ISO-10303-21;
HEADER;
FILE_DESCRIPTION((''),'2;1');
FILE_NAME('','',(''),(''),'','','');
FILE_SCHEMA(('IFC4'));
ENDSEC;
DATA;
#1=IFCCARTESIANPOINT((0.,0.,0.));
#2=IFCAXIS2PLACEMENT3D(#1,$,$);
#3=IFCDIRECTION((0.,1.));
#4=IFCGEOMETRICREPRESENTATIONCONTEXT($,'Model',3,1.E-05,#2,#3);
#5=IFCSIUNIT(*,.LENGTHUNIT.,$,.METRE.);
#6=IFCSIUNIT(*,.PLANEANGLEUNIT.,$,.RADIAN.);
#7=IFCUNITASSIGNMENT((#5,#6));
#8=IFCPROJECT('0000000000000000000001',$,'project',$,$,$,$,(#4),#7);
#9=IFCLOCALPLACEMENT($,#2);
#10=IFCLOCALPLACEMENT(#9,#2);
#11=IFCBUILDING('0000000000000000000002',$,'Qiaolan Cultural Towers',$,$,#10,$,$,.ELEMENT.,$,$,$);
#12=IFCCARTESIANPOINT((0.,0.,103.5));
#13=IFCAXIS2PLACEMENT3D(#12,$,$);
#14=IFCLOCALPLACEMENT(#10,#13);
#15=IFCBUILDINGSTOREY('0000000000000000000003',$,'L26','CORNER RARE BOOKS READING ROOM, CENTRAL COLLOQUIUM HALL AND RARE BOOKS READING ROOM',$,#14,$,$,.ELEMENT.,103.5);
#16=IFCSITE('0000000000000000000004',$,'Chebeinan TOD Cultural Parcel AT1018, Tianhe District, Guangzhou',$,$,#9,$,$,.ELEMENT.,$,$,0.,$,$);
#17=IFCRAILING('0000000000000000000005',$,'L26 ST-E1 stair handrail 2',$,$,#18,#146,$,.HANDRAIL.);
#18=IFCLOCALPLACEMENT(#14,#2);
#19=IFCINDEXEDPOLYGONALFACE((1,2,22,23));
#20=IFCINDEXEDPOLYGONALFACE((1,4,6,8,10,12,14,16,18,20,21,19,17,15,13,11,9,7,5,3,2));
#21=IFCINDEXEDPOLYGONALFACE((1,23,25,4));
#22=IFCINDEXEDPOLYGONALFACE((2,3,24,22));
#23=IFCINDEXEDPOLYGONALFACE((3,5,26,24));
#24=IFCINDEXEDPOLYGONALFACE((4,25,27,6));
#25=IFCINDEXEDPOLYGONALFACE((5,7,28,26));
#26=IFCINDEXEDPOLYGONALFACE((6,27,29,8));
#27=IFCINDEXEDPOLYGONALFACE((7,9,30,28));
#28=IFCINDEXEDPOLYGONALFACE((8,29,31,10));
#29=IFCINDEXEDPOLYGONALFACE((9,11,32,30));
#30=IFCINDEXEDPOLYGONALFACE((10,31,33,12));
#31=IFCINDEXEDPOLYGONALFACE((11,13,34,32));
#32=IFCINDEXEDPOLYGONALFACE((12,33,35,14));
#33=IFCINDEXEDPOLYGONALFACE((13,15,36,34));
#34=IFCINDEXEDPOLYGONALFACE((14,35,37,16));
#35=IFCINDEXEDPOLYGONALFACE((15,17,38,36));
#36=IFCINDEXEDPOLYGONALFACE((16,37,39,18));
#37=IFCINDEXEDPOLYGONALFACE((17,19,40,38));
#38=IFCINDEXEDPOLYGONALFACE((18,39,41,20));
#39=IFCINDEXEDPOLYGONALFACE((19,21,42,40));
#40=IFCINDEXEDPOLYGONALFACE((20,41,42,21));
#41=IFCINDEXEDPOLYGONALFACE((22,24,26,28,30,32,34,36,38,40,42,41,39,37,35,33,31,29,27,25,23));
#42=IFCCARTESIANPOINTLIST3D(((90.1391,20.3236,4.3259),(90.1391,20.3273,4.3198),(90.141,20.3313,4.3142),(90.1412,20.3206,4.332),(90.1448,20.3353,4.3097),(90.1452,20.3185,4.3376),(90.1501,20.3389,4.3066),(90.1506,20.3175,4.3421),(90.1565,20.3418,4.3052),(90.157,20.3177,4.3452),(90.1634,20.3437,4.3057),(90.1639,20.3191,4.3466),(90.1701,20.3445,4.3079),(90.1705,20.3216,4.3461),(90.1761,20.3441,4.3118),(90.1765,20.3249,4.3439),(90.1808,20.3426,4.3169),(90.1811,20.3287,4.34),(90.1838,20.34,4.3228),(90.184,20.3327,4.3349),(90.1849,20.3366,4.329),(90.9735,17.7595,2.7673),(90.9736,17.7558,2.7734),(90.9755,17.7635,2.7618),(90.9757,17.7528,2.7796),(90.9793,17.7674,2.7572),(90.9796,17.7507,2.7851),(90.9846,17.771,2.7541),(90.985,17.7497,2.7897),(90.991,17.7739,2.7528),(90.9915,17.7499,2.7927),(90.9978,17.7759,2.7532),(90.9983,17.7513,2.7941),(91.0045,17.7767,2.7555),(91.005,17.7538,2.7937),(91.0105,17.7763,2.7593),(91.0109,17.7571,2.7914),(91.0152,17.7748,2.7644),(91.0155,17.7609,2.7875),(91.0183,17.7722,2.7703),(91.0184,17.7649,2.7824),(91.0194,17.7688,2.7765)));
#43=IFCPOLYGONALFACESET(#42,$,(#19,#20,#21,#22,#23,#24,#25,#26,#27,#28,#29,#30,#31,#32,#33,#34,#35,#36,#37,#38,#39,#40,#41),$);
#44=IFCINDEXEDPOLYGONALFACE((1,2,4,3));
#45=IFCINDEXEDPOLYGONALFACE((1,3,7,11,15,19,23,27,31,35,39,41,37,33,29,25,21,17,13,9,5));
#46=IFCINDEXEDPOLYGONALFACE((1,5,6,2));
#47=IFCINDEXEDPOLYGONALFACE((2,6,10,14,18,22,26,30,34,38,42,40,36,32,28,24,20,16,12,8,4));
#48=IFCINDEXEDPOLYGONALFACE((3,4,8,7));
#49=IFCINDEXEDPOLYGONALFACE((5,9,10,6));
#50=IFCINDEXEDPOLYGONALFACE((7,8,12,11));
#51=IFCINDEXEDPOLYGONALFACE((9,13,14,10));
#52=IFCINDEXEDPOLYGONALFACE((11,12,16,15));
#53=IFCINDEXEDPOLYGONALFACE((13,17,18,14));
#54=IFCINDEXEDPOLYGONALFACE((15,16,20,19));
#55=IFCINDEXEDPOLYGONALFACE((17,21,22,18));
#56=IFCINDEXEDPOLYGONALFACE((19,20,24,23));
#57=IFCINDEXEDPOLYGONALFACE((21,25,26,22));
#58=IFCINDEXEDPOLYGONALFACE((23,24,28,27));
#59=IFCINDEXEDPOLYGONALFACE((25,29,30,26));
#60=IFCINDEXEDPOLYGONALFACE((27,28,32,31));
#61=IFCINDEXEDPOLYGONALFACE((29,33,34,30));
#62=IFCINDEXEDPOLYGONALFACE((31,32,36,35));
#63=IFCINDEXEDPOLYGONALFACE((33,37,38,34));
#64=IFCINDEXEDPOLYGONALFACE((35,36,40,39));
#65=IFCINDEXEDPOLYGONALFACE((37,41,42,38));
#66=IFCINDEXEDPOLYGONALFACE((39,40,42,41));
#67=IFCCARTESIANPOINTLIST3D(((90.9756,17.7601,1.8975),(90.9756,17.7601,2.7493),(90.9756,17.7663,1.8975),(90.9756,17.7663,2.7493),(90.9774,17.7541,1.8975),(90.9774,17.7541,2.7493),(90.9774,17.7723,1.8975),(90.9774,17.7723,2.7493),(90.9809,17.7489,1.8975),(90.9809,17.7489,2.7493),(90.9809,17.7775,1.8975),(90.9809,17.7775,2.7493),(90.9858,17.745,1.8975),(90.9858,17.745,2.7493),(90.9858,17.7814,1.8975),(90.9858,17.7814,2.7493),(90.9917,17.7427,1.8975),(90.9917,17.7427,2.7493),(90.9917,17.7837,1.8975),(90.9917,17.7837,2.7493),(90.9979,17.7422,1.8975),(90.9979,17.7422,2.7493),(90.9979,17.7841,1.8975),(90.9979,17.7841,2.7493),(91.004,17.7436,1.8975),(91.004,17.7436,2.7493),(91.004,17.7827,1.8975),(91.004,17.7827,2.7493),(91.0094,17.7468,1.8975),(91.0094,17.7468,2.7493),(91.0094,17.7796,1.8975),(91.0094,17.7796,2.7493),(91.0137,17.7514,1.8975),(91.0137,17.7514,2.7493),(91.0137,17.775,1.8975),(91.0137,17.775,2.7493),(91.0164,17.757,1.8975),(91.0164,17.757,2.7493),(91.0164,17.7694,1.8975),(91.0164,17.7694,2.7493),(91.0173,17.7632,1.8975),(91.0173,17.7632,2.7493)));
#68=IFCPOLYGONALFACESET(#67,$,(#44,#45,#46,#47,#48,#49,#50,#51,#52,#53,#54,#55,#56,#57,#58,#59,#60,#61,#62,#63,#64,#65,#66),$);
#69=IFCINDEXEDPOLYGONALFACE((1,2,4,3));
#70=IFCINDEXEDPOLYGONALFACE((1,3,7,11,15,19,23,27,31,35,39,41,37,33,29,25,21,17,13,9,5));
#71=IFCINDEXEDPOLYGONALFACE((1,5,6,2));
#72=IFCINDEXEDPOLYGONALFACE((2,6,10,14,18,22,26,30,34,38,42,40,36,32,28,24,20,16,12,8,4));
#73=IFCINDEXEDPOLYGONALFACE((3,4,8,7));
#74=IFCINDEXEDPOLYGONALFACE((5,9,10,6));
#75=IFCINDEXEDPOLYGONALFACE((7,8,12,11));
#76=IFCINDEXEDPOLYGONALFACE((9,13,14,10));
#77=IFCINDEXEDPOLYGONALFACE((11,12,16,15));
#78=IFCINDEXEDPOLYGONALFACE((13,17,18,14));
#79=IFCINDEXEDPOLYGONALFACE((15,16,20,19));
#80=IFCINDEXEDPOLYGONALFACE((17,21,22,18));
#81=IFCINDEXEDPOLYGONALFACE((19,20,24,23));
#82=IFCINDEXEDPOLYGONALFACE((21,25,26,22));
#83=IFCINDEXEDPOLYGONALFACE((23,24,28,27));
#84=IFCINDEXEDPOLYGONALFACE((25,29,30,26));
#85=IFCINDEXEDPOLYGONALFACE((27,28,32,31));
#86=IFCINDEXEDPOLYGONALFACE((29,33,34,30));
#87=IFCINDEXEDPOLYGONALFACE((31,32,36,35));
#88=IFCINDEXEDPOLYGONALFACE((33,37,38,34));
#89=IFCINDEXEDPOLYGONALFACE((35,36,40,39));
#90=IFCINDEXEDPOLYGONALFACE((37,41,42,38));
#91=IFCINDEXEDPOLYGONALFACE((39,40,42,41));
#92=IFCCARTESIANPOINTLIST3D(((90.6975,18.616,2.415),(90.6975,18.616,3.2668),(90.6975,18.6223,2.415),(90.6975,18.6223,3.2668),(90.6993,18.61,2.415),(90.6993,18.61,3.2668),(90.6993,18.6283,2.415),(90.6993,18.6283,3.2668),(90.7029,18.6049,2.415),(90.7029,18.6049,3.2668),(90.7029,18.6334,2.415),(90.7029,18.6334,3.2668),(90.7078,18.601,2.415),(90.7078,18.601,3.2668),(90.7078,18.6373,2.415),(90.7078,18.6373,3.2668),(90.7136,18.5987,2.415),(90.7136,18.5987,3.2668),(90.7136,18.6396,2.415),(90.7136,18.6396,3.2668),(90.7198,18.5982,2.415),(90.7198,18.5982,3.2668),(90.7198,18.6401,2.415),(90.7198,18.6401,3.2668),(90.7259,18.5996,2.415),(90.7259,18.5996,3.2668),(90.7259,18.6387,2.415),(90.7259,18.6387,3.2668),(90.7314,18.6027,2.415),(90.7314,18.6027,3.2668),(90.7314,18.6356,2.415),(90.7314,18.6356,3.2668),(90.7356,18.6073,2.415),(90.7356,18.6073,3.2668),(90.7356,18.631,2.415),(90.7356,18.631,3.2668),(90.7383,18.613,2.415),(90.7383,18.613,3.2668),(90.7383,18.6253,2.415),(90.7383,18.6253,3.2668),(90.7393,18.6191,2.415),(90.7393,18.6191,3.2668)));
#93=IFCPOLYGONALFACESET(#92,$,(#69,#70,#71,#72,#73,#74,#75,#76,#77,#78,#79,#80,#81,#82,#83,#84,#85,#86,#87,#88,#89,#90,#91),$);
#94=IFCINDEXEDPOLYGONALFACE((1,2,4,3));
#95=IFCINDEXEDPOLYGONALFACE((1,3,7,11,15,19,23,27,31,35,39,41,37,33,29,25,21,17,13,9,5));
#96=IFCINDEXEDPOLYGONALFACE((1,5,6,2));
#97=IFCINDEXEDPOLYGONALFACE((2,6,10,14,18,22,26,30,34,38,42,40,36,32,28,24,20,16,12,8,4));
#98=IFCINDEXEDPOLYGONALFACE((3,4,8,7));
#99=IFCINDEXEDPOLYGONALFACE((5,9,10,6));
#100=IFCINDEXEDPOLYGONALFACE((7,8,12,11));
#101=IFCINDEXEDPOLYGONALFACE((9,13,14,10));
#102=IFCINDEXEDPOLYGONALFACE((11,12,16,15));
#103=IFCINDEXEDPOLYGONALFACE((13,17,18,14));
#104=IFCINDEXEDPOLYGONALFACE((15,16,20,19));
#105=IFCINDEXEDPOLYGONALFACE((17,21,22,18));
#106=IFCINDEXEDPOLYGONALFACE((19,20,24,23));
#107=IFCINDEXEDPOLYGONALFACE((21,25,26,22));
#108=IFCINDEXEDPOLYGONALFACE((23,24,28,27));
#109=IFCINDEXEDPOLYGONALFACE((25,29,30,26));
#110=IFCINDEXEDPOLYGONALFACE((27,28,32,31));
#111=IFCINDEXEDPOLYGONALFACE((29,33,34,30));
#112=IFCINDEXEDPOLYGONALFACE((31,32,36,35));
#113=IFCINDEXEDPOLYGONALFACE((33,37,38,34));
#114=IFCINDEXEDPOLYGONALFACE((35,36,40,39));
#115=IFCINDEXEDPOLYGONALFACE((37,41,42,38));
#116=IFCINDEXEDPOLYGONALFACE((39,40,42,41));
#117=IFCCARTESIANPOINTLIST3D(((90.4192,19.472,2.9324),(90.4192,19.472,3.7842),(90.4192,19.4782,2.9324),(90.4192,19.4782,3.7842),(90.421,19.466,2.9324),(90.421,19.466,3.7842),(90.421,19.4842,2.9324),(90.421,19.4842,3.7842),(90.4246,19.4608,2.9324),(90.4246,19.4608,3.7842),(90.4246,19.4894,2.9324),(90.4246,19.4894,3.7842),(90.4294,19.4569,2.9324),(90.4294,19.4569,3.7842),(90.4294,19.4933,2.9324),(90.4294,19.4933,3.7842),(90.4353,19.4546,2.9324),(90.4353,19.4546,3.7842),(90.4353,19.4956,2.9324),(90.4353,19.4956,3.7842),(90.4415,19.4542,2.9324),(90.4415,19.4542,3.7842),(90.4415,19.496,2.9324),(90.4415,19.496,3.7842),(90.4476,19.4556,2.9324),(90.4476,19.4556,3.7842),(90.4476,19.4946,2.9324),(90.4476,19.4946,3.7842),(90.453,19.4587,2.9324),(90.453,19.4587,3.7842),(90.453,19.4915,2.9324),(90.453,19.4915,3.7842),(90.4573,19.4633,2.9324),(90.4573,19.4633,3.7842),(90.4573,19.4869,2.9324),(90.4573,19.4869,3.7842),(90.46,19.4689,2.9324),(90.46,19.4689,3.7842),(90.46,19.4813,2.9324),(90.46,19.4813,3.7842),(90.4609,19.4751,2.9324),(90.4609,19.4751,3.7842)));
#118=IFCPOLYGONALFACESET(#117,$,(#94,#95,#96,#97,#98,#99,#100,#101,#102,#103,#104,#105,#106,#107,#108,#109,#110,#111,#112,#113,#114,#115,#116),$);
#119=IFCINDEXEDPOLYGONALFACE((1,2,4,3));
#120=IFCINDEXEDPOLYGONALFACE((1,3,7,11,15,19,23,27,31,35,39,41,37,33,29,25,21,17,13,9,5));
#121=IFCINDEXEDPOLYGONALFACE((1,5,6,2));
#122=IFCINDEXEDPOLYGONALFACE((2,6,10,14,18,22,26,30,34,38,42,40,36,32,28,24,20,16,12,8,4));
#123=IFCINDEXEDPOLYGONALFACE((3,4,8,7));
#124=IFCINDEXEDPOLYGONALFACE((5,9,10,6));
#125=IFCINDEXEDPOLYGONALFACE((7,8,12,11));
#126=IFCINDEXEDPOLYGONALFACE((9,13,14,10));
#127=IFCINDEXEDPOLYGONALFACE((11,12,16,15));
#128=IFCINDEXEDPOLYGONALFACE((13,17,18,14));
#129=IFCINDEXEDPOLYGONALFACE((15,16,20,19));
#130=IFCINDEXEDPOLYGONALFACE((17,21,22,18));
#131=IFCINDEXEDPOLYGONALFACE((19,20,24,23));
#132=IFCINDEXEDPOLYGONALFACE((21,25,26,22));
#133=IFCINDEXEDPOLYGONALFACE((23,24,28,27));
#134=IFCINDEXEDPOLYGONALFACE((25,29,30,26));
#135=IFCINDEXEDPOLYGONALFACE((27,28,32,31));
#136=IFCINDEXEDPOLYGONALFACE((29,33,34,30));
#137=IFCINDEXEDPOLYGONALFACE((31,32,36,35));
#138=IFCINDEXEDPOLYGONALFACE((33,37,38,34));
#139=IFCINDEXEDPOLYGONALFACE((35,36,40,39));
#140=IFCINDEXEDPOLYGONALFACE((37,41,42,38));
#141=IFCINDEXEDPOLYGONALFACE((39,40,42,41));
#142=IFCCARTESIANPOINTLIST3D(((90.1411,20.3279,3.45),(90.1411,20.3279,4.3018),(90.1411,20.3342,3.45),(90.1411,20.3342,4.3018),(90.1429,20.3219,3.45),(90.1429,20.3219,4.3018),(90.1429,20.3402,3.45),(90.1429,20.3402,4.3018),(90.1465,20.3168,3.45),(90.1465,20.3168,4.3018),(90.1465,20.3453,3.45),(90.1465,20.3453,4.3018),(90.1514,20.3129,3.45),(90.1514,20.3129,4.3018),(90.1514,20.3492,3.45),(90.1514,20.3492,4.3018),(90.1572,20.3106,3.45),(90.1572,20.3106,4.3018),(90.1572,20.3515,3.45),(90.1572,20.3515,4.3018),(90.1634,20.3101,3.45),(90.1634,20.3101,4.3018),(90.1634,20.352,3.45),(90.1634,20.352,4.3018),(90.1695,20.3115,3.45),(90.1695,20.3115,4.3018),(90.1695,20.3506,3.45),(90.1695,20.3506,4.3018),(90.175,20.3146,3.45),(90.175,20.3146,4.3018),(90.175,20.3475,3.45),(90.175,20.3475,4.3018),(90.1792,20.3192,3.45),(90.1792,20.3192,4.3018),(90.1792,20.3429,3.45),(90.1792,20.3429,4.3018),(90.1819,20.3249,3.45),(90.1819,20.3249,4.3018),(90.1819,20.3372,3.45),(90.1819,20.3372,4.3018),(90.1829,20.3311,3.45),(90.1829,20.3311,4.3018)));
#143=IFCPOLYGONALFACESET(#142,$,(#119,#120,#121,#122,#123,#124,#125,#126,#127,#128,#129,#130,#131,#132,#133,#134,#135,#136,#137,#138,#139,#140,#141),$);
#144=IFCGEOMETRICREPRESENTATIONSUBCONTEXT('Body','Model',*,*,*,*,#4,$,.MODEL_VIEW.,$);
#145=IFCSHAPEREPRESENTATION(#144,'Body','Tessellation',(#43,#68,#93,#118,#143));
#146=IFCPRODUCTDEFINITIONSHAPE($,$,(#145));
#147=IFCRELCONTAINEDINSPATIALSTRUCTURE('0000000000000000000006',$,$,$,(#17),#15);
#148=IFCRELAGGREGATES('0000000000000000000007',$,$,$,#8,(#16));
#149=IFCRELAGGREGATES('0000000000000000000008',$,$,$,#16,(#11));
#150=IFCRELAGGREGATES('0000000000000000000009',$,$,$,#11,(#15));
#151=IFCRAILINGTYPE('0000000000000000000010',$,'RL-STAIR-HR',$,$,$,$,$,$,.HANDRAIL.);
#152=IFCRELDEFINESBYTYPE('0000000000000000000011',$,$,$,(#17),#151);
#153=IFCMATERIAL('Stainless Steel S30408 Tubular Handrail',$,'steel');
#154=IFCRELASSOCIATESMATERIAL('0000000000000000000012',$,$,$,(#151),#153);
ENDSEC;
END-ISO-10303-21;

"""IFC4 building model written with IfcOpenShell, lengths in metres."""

from ifc_helpers import new_model, si_unit, direction, frame, origin, origin_2d, place, context, subcontext, project, spatial, circle, extrude, material, type_object, element, save


model = new_model("IFC4")

# Units and contexts
model_context = context("Model", 3, precision=1e-05, world=origin(), true_north=direction((0.0, 1.0)))
body_context = subcontext(model_context, "Body", "Model", "MODEL_VIEW")
ifc_project = project(units=[si_unit("LENGTHUNIT", "METRE"), si_unit("PLANEANGLEUNIT", "RADIAN")], contexts=[model_context])

# Site, building, storey
site_placement = place(None, origin())
site = spatial("IfcSite", under=ifc_project, at=site_placement, Name="Chebeinan TOD Cultural Parcel AT1018, Tianhe District, Guangzhou", CompositionType="ELEMENT", RefElevation=0.0)
building_placement = place(site_placement, origin())
building = spatial("IfcBuilding", under=site, at=building_placement, Name="Qiaolan Cultural Towers", CompositionType="ELEMENT")
storey_placement = place(building_placement, frame((0.0, 0.0, 103.5)))
storey = spatial("IfcBuildingStorey", under=building, at=storey_placement, Name="L26", Description="CORNER RARE BOOKS READING ROOM, CENTRAL COLLOQUIUM HALL AND RARE BOOKS READING ROOM", CompositionType="ELEMENT", Elevation=103.5)

# Railing
ifc_material_1 = material(Name="Stainless Steel S30408 Tubular Handrail", Category="steel")
railing_type_1 = type_object("IfcRailingType", Name="RL-STAIR-HR", PredefinedType="HANDRAIL", material=ifc_material_1)
railing_1_placement = place(storey_placement, frame((90.9963, 17.7632, 1.8975)))
element("IfcRailing", 1, at=railing_1_placement, inside=storey, type_object=railing_type_1, Name="L26 ST-E1 stair handrail 2", PredefinedType="HANDRAIL", context=body_context, shape_type="SweptSolid", body=[
    extrude(circle(Radius=0.0239, at=origin_2d()), frame((0.0, 0.0, 0.876), z_axis=(-0.267926, 0.824471, 0.498461), x_axis=(-0.951043, -0.309057, 0.0)), (0.0, 0.0, 1.0), 3.1145),
    extrude(circle(Radius=0.021, at=origin_2d()), origin(), (0.0, 0.0, 1.0), 0.8518),
    extrude(circle(Radius=0.021, at=origin_2d()), frame((-0.2781, 0.856, 0.5176)), (0.0, 0.0, 1.0), 0.8518),
    extrude(circle(Radius=0.021, at=origin_2d()), frame((-0.5564, 1.7119, 1.0349)), (0.0, 0.0, 1.0), 0.8518),
    extrude(circle(Radius=0.021, at=origin_2d()), frame((-0.8345, 2.5679, 1.5525)), (0.0, 0.0, 1.0), 0.8518),
])

save(model, "model.ifc")
